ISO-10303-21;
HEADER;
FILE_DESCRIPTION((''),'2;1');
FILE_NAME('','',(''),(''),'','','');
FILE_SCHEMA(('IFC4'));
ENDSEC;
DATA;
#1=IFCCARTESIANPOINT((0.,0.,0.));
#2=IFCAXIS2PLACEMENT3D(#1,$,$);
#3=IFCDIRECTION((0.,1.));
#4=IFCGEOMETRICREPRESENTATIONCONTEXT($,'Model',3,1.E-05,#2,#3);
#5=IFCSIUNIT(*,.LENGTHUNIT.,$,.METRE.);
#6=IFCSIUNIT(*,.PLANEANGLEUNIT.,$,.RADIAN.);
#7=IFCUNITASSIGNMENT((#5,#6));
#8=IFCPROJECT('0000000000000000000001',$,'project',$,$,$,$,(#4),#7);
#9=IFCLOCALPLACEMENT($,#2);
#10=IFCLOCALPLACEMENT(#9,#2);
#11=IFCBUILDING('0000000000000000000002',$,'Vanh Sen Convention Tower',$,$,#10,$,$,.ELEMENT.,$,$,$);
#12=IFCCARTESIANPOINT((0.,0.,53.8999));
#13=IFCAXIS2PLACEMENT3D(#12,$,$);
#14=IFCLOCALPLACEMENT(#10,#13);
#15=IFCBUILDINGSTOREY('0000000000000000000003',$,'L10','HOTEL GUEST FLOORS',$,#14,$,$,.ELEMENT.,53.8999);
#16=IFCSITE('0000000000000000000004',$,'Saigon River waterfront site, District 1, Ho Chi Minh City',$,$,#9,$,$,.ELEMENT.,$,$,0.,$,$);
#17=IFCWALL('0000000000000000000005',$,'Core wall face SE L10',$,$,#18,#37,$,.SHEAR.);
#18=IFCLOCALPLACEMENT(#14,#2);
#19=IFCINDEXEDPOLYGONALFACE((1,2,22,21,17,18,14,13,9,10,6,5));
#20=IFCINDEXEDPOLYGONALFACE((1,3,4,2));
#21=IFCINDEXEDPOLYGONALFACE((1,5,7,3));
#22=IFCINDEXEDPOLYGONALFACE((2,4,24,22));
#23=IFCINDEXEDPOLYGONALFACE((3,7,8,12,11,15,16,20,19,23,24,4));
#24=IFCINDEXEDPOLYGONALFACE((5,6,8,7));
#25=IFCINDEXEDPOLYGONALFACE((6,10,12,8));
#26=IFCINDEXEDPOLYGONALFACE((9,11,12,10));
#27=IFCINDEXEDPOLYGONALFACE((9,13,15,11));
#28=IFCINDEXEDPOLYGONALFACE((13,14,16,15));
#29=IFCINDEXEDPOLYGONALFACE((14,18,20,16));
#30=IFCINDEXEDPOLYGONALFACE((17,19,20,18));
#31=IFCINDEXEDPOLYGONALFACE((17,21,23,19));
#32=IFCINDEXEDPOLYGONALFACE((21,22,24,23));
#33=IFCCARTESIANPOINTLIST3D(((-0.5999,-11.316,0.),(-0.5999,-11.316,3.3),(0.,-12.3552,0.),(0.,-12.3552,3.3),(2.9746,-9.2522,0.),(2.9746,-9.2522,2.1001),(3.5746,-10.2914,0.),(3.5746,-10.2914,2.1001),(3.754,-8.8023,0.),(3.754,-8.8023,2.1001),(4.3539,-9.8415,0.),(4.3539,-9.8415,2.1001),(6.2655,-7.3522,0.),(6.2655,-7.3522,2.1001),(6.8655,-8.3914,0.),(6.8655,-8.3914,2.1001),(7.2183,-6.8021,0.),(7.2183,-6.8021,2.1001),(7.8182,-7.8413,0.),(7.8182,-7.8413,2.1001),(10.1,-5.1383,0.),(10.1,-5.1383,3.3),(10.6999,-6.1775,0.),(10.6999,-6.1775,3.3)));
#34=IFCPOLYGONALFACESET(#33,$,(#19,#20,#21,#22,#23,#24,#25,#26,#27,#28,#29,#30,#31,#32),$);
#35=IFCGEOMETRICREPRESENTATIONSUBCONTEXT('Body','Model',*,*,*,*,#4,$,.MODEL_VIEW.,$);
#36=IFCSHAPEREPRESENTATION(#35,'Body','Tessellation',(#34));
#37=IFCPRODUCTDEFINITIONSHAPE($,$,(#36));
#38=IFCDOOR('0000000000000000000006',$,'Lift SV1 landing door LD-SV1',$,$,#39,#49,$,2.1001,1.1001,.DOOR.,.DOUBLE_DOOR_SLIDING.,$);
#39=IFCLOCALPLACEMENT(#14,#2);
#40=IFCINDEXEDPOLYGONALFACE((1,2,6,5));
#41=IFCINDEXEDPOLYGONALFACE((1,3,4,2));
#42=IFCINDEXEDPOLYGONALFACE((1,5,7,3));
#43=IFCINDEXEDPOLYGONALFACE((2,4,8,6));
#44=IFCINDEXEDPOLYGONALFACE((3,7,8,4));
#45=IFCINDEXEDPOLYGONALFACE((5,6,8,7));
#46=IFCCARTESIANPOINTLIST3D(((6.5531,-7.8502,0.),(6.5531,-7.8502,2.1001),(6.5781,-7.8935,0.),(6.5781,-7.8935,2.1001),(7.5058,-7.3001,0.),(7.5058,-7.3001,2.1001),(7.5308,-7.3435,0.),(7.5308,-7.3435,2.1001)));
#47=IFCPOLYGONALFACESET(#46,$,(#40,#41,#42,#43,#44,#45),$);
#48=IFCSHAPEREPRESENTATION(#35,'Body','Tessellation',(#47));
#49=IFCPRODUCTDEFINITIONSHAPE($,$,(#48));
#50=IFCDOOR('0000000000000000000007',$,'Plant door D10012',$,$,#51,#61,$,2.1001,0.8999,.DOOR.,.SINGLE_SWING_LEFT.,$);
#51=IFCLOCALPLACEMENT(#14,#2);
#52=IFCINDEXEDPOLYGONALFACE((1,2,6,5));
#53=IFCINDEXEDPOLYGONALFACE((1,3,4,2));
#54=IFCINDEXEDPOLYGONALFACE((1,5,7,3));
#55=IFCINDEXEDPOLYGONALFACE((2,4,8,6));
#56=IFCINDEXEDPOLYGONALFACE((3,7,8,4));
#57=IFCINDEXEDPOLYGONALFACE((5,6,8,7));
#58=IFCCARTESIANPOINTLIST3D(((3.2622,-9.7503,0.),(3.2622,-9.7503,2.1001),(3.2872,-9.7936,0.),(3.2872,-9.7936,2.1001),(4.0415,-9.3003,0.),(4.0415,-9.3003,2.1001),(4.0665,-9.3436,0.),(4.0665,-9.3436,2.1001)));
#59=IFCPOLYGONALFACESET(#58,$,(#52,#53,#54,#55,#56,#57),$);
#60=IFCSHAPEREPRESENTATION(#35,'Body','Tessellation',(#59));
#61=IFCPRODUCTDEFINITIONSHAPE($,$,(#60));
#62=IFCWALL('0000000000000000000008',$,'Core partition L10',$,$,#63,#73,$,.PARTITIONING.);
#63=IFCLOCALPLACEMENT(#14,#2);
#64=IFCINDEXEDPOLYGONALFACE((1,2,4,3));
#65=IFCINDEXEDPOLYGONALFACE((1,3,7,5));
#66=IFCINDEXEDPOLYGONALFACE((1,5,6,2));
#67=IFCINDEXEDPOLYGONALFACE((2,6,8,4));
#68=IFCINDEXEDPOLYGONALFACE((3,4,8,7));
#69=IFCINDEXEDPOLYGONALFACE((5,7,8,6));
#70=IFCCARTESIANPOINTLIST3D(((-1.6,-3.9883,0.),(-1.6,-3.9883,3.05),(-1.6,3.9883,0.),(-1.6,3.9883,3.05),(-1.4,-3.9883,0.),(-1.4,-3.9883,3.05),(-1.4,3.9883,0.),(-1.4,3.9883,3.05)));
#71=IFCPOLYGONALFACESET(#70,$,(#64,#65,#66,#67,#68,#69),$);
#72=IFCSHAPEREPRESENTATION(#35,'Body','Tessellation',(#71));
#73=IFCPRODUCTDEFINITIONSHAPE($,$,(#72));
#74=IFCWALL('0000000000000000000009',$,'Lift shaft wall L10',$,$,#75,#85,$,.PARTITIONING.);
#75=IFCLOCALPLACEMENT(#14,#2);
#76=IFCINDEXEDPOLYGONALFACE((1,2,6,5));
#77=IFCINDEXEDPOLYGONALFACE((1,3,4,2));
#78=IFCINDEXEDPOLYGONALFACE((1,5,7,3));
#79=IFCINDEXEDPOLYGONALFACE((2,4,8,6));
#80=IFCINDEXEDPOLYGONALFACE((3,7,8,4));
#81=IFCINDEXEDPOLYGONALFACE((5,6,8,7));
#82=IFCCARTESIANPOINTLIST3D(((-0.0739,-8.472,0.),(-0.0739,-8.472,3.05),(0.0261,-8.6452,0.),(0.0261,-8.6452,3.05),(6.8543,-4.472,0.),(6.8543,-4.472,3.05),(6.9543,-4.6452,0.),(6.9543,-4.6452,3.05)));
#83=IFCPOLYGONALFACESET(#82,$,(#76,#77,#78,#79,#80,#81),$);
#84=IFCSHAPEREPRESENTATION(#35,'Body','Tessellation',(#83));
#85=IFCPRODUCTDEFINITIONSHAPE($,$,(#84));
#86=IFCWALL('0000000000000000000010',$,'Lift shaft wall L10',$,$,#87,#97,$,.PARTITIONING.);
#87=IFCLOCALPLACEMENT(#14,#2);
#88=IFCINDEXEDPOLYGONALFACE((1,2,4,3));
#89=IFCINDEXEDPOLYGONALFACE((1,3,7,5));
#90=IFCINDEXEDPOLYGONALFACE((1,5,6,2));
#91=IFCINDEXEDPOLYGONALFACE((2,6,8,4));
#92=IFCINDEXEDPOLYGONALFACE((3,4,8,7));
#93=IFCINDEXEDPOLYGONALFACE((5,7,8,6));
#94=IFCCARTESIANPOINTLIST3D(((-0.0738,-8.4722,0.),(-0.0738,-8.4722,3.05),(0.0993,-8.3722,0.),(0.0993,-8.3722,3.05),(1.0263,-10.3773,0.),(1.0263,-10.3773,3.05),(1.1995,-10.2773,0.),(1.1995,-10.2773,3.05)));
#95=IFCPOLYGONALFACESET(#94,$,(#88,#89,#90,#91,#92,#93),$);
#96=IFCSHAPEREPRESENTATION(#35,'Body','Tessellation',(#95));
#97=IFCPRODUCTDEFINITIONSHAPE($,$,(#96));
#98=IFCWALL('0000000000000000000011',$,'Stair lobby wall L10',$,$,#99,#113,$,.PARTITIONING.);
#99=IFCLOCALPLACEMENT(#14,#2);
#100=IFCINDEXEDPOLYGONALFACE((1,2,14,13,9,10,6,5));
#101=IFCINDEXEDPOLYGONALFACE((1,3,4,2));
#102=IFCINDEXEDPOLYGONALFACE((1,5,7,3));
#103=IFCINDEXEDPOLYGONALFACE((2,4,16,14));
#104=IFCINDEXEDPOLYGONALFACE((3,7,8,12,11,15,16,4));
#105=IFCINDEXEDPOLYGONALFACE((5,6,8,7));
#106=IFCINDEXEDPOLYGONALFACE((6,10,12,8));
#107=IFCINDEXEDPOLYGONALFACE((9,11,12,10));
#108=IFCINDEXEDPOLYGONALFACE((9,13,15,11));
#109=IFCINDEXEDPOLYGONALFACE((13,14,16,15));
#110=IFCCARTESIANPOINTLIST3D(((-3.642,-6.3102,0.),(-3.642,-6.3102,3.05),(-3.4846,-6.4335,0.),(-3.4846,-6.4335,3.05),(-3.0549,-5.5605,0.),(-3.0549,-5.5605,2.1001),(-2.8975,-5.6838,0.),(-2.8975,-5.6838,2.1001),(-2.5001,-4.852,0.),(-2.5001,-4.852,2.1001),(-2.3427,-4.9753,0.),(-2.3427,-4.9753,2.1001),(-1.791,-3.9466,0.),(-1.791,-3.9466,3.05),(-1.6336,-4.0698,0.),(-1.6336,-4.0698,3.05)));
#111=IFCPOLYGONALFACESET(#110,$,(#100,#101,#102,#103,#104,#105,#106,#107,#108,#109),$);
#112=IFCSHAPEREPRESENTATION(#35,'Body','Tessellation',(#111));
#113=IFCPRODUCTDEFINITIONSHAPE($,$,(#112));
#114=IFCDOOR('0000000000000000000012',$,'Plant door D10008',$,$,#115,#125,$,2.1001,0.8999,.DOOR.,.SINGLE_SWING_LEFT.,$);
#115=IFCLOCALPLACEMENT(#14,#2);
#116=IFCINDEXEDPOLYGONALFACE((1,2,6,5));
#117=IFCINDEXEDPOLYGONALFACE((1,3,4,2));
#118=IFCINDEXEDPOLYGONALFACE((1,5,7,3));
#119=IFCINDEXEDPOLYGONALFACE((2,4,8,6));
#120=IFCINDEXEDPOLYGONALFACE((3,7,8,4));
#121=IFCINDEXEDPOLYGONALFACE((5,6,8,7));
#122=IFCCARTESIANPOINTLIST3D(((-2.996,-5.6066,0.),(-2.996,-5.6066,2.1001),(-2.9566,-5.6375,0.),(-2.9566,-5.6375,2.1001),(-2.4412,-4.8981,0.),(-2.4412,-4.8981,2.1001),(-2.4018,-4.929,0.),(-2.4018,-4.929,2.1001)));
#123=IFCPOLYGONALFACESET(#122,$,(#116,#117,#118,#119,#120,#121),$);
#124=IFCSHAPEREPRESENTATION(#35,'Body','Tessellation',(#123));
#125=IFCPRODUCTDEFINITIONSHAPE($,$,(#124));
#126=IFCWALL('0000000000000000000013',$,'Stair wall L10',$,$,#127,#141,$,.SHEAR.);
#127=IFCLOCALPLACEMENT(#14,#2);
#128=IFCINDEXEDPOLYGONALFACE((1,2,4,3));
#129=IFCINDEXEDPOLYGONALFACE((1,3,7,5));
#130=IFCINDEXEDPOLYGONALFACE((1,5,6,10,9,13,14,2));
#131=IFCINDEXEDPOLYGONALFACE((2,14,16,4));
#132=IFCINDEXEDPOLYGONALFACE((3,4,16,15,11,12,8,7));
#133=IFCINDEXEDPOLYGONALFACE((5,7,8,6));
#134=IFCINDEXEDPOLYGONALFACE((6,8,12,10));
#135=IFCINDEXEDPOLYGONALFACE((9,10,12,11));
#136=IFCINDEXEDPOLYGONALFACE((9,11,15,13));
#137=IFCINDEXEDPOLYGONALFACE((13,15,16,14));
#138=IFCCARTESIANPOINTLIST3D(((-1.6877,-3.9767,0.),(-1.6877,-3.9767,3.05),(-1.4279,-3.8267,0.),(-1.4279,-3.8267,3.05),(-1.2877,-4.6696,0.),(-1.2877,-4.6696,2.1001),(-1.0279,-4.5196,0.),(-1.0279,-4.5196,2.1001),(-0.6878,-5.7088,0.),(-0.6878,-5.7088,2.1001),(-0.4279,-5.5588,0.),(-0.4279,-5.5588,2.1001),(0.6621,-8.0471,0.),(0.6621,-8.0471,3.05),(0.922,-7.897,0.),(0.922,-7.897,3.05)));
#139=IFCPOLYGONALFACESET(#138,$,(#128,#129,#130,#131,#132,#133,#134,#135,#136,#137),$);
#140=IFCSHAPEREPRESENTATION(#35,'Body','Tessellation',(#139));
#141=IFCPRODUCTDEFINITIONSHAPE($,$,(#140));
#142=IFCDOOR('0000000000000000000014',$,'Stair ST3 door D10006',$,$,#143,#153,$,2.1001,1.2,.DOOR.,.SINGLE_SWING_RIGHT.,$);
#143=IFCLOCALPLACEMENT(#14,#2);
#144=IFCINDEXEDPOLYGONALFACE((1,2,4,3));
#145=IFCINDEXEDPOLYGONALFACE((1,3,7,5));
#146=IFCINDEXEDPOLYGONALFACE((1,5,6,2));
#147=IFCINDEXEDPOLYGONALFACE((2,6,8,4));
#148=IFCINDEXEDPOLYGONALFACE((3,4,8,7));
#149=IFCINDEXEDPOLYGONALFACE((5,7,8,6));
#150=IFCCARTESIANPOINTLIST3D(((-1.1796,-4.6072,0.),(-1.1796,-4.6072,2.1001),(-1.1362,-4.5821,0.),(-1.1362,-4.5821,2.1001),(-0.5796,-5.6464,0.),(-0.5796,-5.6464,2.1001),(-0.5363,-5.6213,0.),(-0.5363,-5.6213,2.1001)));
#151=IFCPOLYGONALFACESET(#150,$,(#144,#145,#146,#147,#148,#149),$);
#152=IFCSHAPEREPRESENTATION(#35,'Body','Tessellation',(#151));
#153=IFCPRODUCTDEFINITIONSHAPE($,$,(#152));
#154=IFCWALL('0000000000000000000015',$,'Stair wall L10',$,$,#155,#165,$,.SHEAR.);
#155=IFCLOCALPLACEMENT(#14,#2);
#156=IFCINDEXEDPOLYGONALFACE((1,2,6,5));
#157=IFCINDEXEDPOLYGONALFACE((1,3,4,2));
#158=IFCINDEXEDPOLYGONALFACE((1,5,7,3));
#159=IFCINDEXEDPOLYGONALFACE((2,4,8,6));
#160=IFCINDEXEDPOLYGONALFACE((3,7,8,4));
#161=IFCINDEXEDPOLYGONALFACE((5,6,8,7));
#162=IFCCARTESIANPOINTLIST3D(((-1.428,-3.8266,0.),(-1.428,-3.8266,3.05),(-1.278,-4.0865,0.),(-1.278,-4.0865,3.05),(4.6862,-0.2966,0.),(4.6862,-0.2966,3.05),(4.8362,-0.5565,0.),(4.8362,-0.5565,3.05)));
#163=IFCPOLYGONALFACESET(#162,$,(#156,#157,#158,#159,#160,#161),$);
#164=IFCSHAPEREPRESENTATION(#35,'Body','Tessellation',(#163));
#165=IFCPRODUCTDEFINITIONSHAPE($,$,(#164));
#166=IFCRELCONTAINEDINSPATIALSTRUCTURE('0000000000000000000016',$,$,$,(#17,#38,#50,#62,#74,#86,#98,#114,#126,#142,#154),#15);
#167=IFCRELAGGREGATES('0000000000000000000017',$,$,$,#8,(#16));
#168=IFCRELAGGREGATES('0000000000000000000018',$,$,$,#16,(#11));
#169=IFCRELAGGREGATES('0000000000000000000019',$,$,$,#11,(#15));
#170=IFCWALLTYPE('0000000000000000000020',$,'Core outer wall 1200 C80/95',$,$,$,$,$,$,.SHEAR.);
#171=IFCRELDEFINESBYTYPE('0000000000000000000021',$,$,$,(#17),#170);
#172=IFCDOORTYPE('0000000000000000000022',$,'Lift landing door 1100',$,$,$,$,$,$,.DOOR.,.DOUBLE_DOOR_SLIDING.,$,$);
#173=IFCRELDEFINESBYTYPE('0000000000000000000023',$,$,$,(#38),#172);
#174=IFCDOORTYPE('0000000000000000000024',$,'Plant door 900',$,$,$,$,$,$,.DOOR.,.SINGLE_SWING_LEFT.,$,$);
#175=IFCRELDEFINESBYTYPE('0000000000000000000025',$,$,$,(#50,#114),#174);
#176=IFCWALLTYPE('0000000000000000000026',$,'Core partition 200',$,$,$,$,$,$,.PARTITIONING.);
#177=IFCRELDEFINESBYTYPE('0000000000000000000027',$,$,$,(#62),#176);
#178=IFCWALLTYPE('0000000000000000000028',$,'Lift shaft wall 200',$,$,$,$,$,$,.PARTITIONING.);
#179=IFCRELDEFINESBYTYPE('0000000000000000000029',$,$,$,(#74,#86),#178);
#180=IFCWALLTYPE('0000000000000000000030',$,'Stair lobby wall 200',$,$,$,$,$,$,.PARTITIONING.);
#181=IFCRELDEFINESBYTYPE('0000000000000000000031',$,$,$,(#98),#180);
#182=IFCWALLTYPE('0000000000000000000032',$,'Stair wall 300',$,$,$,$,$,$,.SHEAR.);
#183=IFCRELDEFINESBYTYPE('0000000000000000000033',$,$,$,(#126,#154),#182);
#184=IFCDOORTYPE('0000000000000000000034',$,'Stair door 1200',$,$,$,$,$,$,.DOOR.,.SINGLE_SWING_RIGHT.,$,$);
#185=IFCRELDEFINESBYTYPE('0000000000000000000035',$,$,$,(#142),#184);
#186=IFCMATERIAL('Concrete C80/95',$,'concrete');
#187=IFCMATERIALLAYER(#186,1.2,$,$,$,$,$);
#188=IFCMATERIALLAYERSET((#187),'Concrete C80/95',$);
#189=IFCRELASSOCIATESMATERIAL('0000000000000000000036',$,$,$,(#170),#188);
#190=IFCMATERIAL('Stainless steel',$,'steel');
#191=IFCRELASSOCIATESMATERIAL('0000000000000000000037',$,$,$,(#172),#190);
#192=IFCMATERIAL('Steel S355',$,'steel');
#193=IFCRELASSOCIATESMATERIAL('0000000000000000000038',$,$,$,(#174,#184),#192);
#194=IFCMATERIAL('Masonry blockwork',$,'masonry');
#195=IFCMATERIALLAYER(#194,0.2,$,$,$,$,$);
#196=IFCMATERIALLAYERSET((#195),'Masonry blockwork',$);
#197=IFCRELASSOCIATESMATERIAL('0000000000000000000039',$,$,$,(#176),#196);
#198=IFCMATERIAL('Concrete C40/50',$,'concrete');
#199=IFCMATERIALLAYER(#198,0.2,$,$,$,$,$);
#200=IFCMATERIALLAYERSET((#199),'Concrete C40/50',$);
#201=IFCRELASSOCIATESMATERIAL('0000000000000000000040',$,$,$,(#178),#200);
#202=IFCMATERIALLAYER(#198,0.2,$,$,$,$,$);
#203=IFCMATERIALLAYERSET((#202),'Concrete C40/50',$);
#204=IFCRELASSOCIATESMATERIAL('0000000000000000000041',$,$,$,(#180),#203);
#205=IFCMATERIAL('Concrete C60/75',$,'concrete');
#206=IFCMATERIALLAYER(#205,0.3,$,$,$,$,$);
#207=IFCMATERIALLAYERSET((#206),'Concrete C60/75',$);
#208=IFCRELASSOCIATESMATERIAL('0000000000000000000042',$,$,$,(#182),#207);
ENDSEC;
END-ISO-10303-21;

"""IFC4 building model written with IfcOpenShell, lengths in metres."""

from ifc_helpers import new_model, si_unit, direction, frame, frame_2d, origin, place, context, subcontext, project, spatial, rectangle, extrude, material, layer, layer_set, type_object, element, fill, save


model = new_model("IFC4")

# Units and contexts
model_context = context("Model", 3, precision=1e-05, world=origin(), true_north=direction((0.0, 1.0)))
body_context = subcontext(model_context, "Body", "Model", "MODEL_VIEW")
ifc_project = project(units=[si_unit("LENGTHUNIT", "METRE"), si_unit("PLANEANGLEUNIT", "RADIAN")], contexts=[model_context])

# Site, building, storey
site_placement = place(None, origin())
site = spatial("IfcSite", under=ifc_project, at=site_placement, Name="Saigon River waterfront site, District 1, Ho Chi Minh City", CompositionType="ELEMENT", RefElevation=0.0)
building_placement = place(site_placement, origin())
building = spatial("IfcBuilding", under=site, at=building_placement, Name="Vanh Sen Convention Tower", CompositionType="ELEMENT")
storey_placement = place(building_placement, frame((0.0, 0.0, 53.8999)))
storey = spatial("IfcBuildingStorey", under=building, at=storey_placement, Name="L10", Description="HOTEL GUEST FLOORS", CompositionType="ELEMENT", Elevation=53.8999)

# Shared definitions
ifc_material_1 = material(Name="Concrete C40/50", Category="concrete")

# Wall, openings, doors
ifc_material_2 = material(Name="Concrete C80/95", Category="concrete")
ifc_layer_1 = layer(ifc_material_2, 1.2)
ifc_layer_set_1 = layer_set([ifc_layer_1], Name="Concrete C80/95")
wall_type_1 = type_object("IfcWallType", Name="Core outer wall 1200 C80/95", PredefinedType="SHEAR", material=ifc_layer_set_1)
wall_1_placement = place(storey_placement, frame((-0.3, -11.8357, 0.0), z_axis=(0.0, 0.0, 1.0), x_axis=(0.866021, 0.500007, 0.0)))
wall_1 = element("IfcWall", 1, at=wall_1_placement, inside=storey, type_object=wall_type_1, Name="Core wall face SE L10", PredefinedType="SHEAR", context=body_context, shape_type="SweptSolid", body=[
    extrude(rectangle(XDim=12.3552, YDim=1.2, at=frame_2d((6.1777, 0.0))), origin(), (0.0, 0.0, 1.0), 3.3),
])
opening_1_placement = place(wall_1_placement, frame((4.1277, 0.0, 0.0)))
opening_1 = element("IfcOpeningElement", 2, at=opening_1_placement, cuts=wall_1, PredefinedType="OPENING", context=body_context, shape_type="SweptSolid", body=[
    extrude(rectangle(XDim=0.8999, YDim=2.1001, at=frame_2d((0.45, 1.05))), frame((0.0, 0.6099, 0.0), z_axis=(0.0, -1.0, 0.0), x_axis=(1.0, 0.0, 0.0)), (0.0, 0.0, 1.0), 1.22),
])
opening_2_placement = place(wall_1_placement, frame((7.9277, 0.0, 0.0)))
opening_2 = element("IfcOpeningElement", 3, at=opening_2_placement, cuts=wall_1, PredefinedType="OPENING", context=body_context, shape_type="SweptSolid", body=[
    extrude(rectangle(XDim=1.1001, YDim=2.1001, at=frame_2d((0.55, 1.05))), frame((0.0, 0.6099, 0.0), z_axis=(0.0, -1.0, 0.0), x_axis=(1.0, 0.0, 0.0)), (0.0, 0.0, 1.0), 1.22),
])
ifc_material_3 = material(Name="Stainless steel", Category="steel")
door_type_1 = type_object("IfcDoorType", Name="Lift landing door 1100", OperationType="DOUBLE_DOOR_SLIDING", PredefinedType="DOOR", material=ifc_material_3)
door_1_placement = place(opening_2_placement, origin())
door_1 = element("IfcDoor", 4, at=door_1_placement, inside=storey, type_object=door_type_1, Name="Lift SV1 landing door LD-SV1", OperationType="DOUBLE_DOOR_SLIDING", OverallHeight=2.1001, OverallWidth=1.1001, PredefinedType="DOOR", context=body_context, shape_type="SweptSolid", body=[
    extrude(rectangle(XDim=1.1001, YDim=2.1001, at=frame_2d((0.55, 1.05))), frame((0.0, 0.0249, 0.0), z_axis=(0.0, -1.0, 0.0), x_axis=(1.0, 0.0, 0.0)), (0.0, 0.0, 1.0), 0.05),
])
fill(opening_2, door_1)
ifc_material_4 = material(Name="Steel S355", Category="steel")
door_type_2 = type_object("IfcDoorType", Name="Plant door 900", OperationType="SINGLE_SWING_LEFT", PredefinedType="DOOR", material=ifc_material_4)
door_2_placement = place(opening_1_placement, origin())
door_2 = element("IfcDoor", 5, at=door_2_placement, inside=storey, type_object=door_type_2, Name="Plant door D10012", OperationType="SINGLE_SWING_LEFT", OverallHeight=2.1001, OverallWidth=0.8999, PredefinedType="DOOR", context=body_context, shape_type="SweptSolid", body=[
    extrude(rectangle(XDim=0.8999, YDim=2.1001, at=frame_2d((0.45, 1.05))), frame((0.0, 0.0249, 0.0), z_axis=(0.0, -1.0, 0.0), x_axis=(1.0, 0.0, 0.0)), (0.0, 0.0, 1.0), 0.05),
])
fill(opening_1, door_2)

# Walls
ifc_material_5 = material(Name="Masonry blockwork", Category="masonry")
ifc_layer_2 = layer(ifc_material_5, 0.2)
ifc_layer_set_2 = layer_set([ifc_layer_2], Name="Masonry blockwork")
wall_type_2 = type_object("IfcWallType", Name="Core partition 200", PredefinedType="PARTITIONING", material=ifc_layer_set_2)
wall_2_placement = place(storey_placement, frame((-1.5, -3.9883, 0.0), z_axis=(0.0, 0.0, 1.0), x_axis=(0.0, 1.0, 0.0)))
element("IfcWall", 6, at=wall_2_placement, inside=storey, type_object=wall_type_2, Name="Core partition L10", PredefinedType="PARTITIONING", context=body_context, shape_type="SweptSolid", body=[
    extrude(rectangle(XDim=7.9766, YDim=0.2, at=frame_2d((3.9883, 0.0))), origin(), (0.0, 0.0, 1.0), 3.05),
])
ifc_layer_3 = layer(ifc_material_1, 0.2)
ifc_layer_set_3 = layer_set([ifc_layer_3], Name="Concrete C40/50")
wall_type_3 = type_object("IfcWallType", Name="Lift shaft wall 200", PredefinedType="PARTITIONING", material=ifc_layer_set_3)
wall_3_placement = place(storey_placement, frame((-0.0239, -8.5586, 0.0), z_axis=(0.0, 0.0, 1.0), x_axis=(0.866026, 0.499999, 0.0)))
element("IfcWall", 7, at=wall_3_placement, inside=storey, type_object=wall_type_3, Name="Lift shaft wall L10", PredefinedType="PARTITIONING", context=body_context, shape_type="SweptSolid", body=[
    extrude(rectangle(XDim=8.0, YDim=0.2, at=frame_2d((4.0, 0.0))), origin(), (0.0, 0.0, 1.0), 3.05),
])
wall_4_placement = place(storey_placement, frame((0.0127, -8.4221, 0.0), z_axis=(0.0, 0.0, 1.0), x_axis=(0.500078, -0.86598, 0.0)))
element("IfcWall", 8, at=wall_4_placement, inside=storey, type_object=wall_type_3, Name="Lift shaft wall L10", PredefinedType="PARTITIONING", context=body_context, shape_type="SweptSolid", body=[
    extrude(rectangle(XDim=2.2, YDim=0.2, at=frame_2d((1.1001, 0.0))), origin(), (0.0, 0.0, 1.0), 3.05),
])

# Walls, openings, doors
ifc_layer_4 = layer(ifc_material_1, 0.2)
ifc_layer_set_4 = layer_set([ifc_layer_4], Name="Concrete C40/50")
wall_type_4 = type_object("IfcWallType", Name="Stair lobby wall 200", PredefinedType="PARTITIONING", material=ifc_layer_set_4)
wall_5_placement = place(storey_placement, frame((-1.7124, -4.0083, 0.0), z_axis=(0.0, 0.0, 1.0), x_axis=(-0.616549, -0.787316, 0.0)))
wall_5 = element("IfcWall", 9, at=wall_5_placement, inside=storey, type_object=wall_type_4, Name="Stair lobby wall L10", PredefinedType="PARTITIONING", context=body_context, shape_type="SweptSolid", body=[
    extrude(rectangle(XDim=3.0022, YDim=0.2, at=frame_2d((1.501, 0.0))), origin(), (0.0, 0.0, 1.0), 3.05),
])
opening_3_placement = place(wall_5_placement, frame((1.1499, 0.0, 0.0)))
opening_3 = element("IfcOpeningElement", 10, at=opening_3_placement, cuts=wall_5, PredefinedType="OPENING", context=body_context, shape_type="SweptSolid", body=[
    extrude(rectangle(XDim=0.8999, YDim=2.1001, at=frame_2d((0.45, 1.05))), frame((0.0, 0.1099, 0.0), z_axis=(0.0, -1.0, 0.0), x_axis=(1.0, 0.0, 0.0)), (0.0, 0.0, 1.0), 0.22),
])
door_3_placement = place(opening_3_placement, origin())
door_3 = element("IfcDoor", 11, at=door_3_placement, inside=storey, type_object=door_type_2, Name="Plant door D10008", OperationType="SINGLE_SWING_LEFT", OverallHeight=2.1001, OverallWidth=0.8999, PredefinedType="DOOR", context=body_context, shape_type="SweptSolid", body=[
    extrude(rectangle(XDim=0.8999, YDim=2.1001, at=frame_2d((0.45, 1.05))), frame((0.0, 0.0249, 0.0), z_axis=(0.0, -1.0, 0.0), x_axis=(1.0, 0.0, 0.0)), (0.0, 0.0, 1.0), 0.05),
])
fill(opening_3, door_3)
ifc_material_6 = material(Name="Concrete C60/75", Category="concrete")
ifc_layer_5 = layer(ifc_material_6, 0.3)
ifc_layer_set_5 = layer_set([ifc_layer_5], Name="Concrete C60/75")
wall_type_5 = type_object("IfcWallType", Name="Stair wall 300", PredefinedType="SHEAR", material=ifc_layer_set_5)
wall_6_placement = place(storey_placement, frame((-1.5579, -3.9016, 0.0), z_axis=(0.0, 0.0, 1.0), x_axis=(0.499977, -0.866039, 0.0)))
wall_6 = element("IfcWall", 12, at=wall_6_placement, inside=storey, type_object=wall_type_5, Name="Stair wall L10", PredefinedType="SHEAR", context=body_context, shape_type="SweptSolid", body=[
    extrude(rectangle(XDim=4.7, YDim=0.3, at=frame_2d((2.3501, 0.0))), origin(), (0.0, 0.0, 1.0), 3.05),
])
opening_4_placement = place(wall_6_placement, frame((0.8, 0.0, 0.0)))
opening_4 = element("IfcOpeningElement", 13, at=opening_4_placement, cuts=wall_6, PredefinedType="OPENING", context=body_context, shape_type="SweptSolid", body=[
    extrude(rectangle(XDim=1.2, YDim=2.1001, at=frame_2d((0.6001, 1.05))), frame((0.0, 0.1599, 0.0), z_axis=(0.0, -1.0, 0.0), x_axis=(1.0, 0.0, 0.0)), (0.0, 0.0, 1.0), 0.3201),
])
door_type_3 = type_object("IfcDoorType", Name="Stair door 1200", OperationType="SINGLE_SWING_RIGHT", PredefinedType="DOOR", material=ifc_material_4)
door_4_placement = place(opening_4_placement, origin())
door_4 = element("IfcDoor", 14, at=door_4_placement, inside=storey, type_object=door_type_3, Name="Stair ST3 door D10006", OperationType="SINGLE_SWING_RIGHT", OverallHeight=2.1001, OverallWidth=1.2, PredefinedType="DOOR", context=body_context, shape_type="SweptSolid", body=[
    extrude(rectangle(XDim=1.2, YDim=2.1001, at=frame_2d((0.6001, 1.05))), frame((0.0, 0.0249, 0.0), z_axis=(0.0, -1.0, 0.0), x_axis=(1.0, 0.0, 0.0)), (0.0, 0.0, 1.0), 0.05),
])
fill(opening_4, door_4)

# Wall
wall_7_placement = place(storey_placement, frame((-1.353, -3.9565, 0.0), z_axis=(0.0, 0.0, 1.0), x_axis=(0.866028, 0.499996, 0.0)))
element("IfcWall", 15, at=wall_7_placement, inside=storey, type_object=wall_type_5, Name="Stair wall L10", PredefinedType="SHEAR", context=body_context, shape_type="SweptSolid", body=[
    extrude(rectangle(XDim=7.0601, YDim=0.3, at=frame_2d((3.53, 0.0))), origin(), (0.0, 0.0, 1.0), 3.05),
])

save(model, "model.ifc")
